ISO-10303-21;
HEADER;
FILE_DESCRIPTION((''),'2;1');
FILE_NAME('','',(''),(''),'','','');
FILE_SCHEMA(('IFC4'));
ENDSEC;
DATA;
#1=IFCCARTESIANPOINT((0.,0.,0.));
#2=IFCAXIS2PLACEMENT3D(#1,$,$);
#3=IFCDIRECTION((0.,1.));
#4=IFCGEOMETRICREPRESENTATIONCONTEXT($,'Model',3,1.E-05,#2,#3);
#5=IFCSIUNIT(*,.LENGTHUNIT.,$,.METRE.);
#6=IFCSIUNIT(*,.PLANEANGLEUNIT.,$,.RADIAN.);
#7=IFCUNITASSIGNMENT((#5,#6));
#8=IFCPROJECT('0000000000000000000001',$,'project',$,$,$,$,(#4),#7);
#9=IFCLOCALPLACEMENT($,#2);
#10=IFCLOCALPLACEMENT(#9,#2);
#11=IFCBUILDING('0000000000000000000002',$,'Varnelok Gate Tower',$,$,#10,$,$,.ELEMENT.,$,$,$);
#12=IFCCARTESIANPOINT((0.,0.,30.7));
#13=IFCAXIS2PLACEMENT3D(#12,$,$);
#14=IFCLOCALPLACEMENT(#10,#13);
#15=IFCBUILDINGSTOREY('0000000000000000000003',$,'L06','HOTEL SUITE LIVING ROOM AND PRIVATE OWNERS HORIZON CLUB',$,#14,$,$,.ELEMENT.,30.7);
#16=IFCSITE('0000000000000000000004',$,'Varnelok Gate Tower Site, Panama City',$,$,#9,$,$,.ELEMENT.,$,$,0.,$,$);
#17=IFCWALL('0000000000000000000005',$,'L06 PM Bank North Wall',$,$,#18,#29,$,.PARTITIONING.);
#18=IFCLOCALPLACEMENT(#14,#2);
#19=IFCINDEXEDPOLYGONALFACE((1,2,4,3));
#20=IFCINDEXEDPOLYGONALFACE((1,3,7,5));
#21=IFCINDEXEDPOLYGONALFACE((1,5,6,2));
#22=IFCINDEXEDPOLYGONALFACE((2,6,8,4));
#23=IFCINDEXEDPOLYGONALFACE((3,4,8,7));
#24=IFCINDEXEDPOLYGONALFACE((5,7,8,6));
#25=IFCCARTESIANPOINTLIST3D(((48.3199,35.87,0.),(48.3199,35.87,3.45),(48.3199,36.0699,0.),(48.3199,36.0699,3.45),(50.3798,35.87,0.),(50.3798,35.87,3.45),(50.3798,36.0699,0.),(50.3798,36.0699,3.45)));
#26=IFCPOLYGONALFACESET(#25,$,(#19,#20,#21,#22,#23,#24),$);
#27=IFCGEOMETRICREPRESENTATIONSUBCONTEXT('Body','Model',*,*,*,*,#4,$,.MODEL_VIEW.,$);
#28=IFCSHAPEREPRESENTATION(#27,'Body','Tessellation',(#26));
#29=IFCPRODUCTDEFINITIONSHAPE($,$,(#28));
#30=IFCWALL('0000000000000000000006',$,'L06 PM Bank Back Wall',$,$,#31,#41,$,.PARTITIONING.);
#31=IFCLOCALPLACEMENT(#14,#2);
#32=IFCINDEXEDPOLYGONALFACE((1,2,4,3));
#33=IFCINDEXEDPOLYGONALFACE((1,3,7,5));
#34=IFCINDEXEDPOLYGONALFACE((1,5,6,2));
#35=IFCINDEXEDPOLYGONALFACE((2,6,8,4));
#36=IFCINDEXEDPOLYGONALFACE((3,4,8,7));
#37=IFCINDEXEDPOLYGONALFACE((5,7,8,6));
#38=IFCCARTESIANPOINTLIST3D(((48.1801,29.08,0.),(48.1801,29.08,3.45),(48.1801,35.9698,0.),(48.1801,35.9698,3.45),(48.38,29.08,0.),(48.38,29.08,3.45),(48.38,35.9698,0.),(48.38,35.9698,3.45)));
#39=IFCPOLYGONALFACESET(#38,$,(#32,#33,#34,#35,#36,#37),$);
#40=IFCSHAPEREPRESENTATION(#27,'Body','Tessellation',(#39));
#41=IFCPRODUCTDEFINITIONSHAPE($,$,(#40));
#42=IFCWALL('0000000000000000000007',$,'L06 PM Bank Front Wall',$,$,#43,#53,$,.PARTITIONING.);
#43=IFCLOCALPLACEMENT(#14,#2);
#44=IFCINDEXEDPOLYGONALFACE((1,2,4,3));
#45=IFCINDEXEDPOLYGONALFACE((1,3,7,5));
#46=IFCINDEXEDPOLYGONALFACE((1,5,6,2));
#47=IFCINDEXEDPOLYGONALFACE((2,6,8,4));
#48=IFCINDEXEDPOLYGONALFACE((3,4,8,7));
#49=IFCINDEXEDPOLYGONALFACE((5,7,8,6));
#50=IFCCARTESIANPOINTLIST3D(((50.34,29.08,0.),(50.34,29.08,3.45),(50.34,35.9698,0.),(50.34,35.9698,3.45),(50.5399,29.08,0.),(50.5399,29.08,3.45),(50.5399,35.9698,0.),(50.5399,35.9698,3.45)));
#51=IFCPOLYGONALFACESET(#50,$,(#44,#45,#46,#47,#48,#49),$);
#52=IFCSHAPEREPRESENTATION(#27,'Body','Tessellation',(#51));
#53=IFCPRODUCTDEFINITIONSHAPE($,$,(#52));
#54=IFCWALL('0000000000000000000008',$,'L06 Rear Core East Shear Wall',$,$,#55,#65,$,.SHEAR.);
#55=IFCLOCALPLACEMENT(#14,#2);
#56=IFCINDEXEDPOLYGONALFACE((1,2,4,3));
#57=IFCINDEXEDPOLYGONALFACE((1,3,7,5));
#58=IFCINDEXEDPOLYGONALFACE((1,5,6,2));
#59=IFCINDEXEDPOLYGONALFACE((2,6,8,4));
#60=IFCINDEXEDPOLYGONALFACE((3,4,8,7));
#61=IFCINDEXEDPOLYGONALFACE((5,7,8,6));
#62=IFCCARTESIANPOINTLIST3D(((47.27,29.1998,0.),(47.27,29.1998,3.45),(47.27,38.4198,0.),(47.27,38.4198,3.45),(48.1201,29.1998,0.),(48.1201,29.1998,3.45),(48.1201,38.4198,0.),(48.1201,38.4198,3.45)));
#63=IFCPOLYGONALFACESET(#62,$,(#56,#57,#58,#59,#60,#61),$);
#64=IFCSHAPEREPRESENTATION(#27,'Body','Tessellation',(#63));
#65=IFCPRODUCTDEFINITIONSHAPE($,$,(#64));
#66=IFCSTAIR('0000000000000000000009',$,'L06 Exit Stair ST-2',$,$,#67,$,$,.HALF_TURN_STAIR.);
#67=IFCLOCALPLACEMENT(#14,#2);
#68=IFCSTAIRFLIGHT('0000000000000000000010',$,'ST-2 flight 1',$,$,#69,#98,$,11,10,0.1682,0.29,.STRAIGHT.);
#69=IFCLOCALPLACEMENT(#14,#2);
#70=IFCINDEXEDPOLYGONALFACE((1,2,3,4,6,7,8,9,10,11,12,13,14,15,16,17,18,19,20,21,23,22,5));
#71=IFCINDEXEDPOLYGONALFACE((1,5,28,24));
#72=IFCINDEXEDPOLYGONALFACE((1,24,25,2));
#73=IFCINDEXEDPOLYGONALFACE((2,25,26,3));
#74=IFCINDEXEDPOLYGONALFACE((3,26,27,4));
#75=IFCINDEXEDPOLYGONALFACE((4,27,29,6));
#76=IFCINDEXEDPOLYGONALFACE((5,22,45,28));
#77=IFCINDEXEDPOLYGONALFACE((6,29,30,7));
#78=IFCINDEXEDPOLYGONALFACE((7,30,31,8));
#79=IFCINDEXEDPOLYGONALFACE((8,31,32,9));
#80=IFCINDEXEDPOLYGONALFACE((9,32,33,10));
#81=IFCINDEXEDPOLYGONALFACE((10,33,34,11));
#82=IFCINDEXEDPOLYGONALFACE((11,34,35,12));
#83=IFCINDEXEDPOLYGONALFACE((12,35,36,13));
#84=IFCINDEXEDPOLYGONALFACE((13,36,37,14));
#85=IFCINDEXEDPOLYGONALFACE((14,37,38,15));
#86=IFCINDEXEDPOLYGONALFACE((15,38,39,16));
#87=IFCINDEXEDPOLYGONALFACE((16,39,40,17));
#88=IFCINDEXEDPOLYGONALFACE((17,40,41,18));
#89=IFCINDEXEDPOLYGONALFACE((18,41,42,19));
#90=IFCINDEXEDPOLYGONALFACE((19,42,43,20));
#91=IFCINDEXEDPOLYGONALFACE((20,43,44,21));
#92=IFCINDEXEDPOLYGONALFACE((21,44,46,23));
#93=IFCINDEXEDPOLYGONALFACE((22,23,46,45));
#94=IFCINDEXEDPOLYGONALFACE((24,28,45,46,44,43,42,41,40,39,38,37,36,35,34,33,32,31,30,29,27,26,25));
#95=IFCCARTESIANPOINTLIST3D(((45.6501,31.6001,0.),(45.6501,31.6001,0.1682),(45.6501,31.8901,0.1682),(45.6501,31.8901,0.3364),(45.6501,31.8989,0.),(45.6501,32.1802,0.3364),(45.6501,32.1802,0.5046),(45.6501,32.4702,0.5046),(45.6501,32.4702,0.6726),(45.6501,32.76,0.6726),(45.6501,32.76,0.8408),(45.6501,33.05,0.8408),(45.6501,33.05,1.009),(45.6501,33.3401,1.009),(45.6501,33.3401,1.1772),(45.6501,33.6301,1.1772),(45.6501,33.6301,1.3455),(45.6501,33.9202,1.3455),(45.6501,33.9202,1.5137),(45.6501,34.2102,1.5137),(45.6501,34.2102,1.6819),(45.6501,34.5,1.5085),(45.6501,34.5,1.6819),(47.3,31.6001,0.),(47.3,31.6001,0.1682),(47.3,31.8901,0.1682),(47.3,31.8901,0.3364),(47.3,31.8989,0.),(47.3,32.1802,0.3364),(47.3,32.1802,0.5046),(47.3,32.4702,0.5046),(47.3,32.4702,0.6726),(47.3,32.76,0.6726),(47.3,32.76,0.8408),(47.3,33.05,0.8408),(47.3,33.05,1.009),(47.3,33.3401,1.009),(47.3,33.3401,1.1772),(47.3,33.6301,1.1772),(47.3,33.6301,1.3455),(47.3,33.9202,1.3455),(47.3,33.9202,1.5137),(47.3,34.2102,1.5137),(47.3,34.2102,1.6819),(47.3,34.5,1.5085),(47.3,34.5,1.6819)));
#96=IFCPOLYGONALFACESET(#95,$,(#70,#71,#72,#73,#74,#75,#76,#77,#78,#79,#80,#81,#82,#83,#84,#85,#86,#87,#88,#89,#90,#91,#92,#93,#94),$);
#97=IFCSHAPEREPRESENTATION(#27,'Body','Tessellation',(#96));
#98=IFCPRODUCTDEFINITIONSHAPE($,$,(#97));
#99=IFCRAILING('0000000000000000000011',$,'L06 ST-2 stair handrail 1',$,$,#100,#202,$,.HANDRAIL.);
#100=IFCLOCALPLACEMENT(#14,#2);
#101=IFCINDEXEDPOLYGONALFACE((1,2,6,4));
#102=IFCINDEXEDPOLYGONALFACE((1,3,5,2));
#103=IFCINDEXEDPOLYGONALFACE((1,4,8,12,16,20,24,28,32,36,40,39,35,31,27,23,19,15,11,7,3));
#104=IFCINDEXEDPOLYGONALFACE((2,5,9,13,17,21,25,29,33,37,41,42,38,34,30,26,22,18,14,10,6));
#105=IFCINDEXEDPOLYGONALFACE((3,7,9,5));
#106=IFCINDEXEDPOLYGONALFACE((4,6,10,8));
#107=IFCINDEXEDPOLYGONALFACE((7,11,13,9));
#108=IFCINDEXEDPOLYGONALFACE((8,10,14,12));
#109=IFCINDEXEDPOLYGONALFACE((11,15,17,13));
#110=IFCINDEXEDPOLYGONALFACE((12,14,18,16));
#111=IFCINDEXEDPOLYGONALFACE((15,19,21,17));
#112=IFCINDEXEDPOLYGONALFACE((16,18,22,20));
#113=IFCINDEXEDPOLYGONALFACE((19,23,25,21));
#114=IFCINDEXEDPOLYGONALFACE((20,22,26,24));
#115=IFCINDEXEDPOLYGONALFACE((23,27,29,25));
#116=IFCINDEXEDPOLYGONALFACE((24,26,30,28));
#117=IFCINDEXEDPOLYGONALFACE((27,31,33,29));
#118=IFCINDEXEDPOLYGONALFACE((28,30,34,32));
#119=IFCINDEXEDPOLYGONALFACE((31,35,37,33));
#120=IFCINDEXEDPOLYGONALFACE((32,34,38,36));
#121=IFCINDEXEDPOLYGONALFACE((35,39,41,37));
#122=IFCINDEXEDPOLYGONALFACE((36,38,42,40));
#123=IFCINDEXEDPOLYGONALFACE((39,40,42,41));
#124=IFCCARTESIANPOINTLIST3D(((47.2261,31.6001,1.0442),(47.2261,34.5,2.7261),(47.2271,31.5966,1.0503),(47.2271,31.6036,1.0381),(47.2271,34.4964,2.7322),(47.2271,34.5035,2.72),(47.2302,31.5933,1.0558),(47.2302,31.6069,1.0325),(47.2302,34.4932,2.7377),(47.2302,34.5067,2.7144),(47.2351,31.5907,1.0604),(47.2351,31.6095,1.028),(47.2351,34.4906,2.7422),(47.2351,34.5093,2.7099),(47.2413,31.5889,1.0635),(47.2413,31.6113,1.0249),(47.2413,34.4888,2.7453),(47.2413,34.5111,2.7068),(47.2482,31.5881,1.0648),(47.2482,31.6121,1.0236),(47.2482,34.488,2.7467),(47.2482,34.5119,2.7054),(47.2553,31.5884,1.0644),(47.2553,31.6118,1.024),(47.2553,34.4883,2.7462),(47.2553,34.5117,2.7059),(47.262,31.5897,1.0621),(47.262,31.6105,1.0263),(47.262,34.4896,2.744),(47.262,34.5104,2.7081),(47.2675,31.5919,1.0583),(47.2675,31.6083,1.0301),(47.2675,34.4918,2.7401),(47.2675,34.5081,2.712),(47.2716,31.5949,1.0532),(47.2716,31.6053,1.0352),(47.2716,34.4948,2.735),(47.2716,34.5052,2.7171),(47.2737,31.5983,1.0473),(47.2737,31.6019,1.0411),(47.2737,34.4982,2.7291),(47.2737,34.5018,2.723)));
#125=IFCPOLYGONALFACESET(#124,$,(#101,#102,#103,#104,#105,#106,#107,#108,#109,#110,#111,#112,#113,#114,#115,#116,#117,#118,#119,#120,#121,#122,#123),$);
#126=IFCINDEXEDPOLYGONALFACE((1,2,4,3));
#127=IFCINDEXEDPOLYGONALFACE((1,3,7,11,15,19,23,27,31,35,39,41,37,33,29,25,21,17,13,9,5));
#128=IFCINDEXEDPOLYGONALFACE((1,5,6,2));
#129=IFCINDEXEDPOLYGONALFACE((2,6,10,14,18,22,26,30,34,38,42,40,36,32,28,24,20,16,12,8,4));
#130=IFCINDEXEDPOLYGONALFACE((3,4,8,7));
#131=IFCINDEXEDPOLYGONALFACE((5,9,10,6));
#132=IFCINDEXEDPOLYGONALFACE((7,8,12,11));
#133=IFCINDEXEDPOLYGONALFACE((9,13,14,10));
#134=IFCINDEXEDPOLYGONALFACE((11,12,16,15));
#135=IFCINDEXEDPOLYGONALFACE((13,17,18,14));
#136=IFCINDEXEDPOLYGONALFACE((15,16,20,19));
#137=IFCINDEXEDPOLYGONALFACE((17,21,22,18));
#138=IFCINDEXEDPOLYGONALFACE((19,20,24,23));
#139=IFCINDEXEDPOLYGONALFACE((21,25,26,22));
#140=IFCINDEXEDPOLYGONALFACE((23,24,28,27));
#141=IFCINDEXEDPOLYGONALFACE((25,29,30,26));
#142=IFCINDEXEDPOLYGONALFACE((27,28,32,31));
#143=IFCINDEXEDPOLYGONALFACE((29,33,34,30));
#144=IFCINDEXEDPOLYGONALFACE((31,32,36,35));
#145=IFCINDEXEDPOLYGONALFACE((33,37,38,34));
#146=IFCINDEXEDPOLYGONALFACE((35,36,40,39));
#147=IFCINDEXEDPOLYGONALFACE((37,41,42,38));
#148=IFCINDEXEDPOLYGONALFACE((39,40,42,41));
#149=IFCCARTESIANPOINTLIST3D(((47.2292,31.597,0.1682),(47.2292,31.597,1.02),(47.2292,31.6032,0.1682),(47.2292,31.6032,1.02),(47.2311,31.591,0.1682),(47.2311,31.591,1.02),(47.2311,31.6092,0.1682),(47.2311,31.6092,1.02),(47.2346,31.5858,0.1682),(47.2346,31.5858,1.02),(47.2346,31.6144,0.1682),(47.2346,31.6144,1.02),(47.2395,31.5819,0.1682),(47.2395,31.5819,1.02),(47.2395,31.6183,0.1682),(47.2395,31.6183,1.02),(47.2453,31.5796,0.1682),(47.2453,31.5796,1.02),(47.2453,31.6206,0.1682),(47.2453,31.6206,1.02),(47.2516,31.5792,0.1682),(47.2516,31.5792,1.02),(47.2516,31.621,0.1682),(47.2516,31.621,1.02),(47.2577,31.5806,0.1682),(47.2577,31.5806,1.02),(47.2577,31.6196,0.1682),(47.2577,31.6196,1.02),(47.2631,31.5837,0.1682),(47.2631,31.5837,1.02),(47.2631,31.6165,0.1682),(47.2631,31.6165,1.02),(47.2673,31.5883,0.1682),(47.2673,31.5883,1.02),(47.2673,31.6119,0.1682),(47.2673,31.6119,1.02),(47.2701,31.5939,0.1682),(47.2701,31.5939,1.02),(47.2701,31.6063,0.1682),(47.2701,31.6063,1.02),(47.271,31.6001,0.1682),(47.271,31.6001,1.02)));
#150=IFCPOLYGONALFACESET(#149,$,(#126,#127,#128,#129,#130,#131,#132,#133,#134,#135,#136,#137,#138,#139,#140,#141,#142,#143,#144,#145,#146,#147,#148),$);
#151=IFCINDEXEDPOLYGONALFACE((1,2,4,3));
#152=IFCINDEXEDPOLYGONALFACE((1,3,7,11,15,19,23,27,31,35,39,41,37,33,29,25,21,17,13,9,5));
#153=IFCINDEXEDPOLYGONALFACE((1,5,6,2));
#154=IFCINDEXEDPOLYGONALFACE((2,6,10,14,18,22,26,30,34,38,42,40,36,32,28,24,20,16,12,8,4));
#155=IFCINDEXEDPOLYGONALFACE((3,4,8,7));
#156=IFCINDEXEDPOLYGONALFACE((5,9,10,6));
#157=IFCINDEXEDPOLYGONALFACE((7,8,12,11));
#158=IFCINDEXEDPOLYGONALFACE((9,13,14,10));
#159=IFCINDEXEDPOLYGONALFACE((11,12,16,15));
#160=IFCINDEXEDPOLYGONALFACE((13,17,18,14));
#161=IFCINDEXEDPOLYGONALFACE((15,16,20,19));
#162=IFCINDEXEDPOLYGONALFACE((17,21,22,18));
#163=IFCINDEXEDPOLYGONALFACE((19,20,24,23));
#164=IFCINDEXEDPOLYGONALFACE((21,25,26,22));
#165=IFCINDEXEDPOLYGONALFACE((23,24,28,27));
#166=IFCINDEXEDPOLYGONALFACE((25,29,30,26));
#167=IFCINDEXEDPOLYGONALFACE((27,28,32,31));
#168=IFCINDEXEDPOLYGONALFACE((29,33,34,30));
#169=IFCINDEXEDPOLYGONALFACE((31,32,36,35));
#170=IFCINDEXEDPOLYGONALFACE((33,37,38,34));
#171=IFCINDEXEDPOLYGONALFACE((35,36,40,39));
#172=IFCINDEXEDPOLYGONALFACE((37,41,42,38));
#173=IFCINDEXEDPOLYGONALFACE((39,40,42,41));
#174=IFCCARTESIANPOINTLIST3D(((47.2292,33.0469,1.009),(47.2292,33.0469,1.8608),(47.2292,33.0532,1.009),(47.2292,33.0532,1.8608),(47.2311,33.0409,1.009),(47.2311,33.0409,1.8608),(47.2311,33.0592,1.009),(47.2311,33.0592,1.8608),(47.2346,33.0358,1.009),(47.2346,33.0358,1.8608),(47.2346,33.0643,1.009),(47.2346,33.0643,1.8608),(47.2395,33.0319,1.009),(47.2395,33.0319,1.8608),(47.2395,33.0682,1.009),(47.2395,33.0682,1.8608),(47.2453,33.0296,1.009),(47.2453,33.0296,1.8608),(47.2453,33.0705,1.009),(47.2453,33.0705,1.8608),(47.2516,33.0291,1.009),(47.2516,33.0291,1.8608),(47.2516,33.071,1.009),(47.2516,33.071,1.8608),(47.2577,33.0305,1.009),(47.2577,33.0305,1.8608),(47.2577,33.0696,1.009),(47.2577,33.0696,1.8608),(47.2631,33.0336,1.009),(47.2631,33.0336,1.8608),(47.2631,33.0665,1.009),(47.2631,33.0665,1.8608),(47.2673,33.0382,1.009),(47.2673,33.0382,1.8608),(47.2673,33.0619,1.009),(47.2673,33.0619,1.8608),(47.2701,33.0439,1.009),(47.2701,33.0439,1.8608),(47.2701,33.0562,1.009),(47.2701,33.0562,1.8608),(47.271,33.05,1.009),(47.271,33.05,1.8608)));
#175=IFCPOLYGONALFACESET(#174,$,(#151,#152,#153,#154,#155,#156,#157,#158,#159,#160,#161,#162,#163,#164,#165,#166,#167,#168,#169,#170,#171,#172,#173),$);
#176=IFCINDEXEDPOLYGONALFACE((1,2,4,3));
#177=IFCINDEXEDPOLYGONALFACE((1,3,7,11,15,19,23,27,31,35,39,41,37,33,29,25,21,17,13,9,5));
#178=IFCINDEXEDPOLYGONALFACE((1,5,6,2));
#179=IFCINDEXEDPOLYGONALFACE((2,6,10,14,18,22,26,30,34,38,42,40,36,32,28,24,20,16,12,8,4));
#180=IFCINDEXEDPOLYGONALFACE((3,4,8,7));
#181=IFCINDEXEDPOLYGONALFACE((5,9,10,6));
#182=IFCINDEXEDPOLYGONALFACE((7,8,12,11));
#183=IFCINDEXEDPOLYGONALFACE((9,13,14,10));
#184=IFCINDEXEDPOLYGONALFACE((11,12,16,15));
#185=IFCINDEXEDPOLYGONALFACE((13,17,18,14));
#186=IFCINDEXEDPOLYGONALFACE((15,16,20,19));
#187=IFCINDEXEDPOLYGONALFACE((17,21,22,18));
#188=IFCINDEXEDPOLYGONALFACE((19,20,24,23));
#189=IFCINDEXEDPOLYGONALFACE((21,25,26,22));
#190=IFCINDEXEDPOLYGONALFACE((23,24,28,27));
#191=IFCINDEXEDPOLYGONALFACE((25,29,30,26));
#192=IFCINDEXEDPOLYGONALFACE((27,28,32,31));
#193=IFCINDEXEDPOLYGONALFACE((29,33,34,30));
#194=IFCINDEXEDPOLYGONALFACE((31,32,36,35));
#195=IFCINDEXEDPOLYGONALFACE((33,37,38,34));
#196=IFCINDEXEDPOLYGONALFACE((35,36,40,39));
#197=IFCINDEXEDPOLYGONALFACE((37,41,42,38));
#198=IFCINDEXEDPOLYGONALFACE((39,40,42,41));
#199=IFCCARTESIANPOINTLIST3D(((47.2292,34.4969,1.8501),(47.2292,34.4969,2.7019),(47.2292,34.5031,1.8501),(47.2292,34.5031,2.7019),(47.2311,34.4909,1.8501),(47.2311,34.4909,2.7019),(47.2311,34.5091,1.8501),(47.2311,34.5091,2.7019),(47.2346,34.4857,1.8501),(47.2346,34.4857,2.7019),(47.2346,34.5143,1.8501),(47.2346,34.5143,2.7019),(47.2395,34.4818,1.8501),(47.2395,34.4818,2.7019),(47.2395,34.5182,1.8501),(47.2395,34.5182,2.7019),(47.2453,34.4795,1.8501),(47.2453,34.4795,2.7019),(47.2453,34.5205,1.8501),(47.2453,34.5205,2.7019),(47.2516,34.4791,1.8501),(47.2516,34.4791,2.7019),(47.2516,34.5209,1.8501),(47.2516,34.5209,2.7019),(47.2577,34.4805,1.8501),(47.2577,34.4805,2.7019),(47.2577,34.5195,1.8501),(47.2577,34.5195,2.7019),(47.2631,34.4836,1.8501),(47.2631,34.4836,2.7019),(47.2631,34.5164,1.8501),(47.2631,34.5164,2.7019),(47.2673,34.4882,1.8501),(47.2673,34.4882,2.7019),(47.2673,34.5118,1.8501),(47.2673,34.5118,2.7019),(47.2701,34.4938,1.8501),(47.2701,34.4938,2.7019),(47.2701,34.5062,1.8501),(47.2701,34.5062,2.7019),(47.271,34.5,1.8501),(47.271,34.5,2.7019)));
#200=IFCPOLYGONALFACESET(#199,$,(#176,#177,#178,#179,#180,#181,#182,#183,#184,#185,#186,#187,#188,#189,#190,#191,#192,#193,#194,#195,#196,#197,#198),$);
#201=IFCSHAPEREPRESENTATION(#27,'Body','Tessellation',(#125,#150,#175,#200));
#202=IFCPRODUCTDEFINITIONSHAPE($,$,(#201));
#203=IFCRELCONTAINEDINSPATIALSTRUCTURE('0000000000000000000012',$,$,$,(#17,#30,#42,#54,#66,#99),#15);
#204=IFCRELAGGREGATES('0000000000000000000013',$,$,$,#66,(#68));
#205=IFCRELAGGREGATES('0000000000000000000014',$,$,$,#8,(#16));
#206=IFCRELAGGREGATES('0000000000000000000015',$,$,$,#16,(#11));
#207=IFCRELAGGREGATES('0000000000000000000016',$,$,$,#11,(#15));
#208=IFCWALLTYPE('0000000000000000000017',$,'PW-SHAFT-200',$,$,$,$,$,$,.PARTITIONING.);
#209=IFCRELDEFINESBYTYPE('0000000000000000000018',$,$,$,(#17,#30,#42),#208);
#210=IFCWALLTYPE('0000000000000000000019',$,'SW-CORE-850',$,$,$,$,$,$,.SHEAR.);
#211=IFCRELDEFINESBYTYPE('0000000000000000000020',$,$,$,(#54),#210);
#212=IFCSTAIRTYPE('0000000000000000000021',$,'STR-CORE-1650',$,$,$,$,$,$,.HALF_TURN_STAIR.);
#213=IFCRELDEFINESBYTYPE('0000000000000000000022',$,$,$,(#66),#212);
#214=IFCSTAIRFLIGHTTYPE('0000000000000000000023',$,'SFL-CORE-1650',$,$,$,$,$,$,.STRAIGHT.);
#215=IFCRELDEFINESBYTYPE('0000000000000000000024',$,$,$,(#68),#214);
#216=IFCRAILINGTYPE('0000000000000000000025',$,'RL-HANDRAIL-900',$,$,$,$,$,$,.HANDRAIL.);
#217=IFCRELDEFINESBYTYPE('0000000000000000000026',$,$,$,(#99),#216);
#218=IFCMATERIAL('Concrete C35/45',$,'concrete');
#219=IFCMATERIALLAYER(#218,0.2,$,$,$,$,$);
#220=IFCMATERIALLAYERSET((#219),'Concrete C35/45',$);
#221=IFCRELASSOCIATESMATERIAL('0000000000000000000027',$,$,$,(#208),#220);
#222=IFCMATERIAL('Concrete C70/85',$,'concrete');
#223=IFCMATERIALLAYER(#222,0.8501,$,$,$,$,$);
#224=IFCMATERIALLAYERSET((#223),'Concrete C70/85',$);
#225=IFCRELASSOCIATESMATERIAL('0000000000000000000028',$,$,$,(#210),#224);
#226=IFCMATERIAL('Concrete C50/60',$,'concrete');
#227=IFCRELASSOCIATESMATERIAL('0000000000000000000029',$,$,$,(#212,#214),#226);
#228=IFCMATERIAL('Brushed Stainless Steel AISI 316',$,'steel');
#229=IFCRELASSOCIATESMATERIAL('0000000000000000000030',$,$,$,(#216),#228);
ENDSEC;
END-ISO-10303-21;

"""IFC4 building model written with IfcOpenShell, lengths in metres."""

from ifc_helpers import new_model, si_unit, direction, frame, frame_2d, origin, origin_2d, place, context, subcontext, project, spatial, polyline, rectangle, circle, outline, extrude, material, layer, layer_set, type_object, element, aggregate, save


model = new_model("IFC4")

# Units and contexts
model_context = context("Model", 3, precision=1e-05, world=origin(), true_north=direction((0.0, 1.0)))
body_context = subcontext(model_context, "Body", "Model", "MODEL_VIEW")
ifc_project = project(units=[si_unit("LENGTHUNIT", "METRE"), si_unit("PLANEANGLEUNIT", "RADIAN")], contexts=[model_context])

# Site, building, storey
site_placement = place(None, origin())
site = spatial("IfcSite", under=ifc_project, at=site_placement, Name="Varnelok Gate Tower Site, Panama City", CompositionType="ELEMENT", RefElevation=0.0)
building_placement = place(site_placement, origin())
building = spatial("IfcBuilding", under=site, at=building_placement, Name="Varnelok Gate Tower", CompositionType="ELEMENT")
storey_placement = place(building_placement, frame((0.0, 0.0, 30.7)))
storey = spatial("IfcBuildingStorey", under=building, at=storey_placement, Name="L06", Description="HOTEL SUITE LIVING ROOM AND PRIVATE OWNERS HORIZON CLUB", CompositionType="ELEMENT", Elevation=30.7)

# Shared definitions
ifc_material_1 = material(Name="Concrete C70/85", Category="concrete")

# Walls
ifc_material_2 = material(Name="Concrete C35/45", Category="concrete")
ifc_layer_1 = layer(ifc_material_2, 0.2)
ifc_layer_set_1 = layer_set([ifc_layer_1], Name="Concrete C35/45")
wall_type_1 = type_object("IfcWallType", Name="PW-SHAFT-200", PredefinedType="PARTITIONING", material=ifc_layer_set_1)
wall_1_placement = place(storey_placement, frame((48.3201, 35.97, 0.0), z_axis=(0.0, 0.0, 1.0), x_axis=(1.0, 0.0, 0.0)))
element("IfcWall", 1, at=wall_1_placement, inside=storey, type_object=wall_type_1, Name="L06 PM Bank North Wall", PredefinedType="PARTITIONING", context=body_context, shape_type="SweptSolid", body=[
    extrude(rectangle(XDim=2.0598, YDim=0.2, at=frame_2d((1.0298, 0.0))), origin(), (0.0, 0.0, 1.0), 3.45),
])
for number, where, z_axis, x_axis, name in (
    (2, (48.28, 29.0801, 0.0), (0.0, 0.0, 1.0), (0.0, 1.0, 0.0), "L06 PM Bank Back Wall"),
    (3, (50.4399, 29.0801, 0.0), (0.0, 0.0, 1.0), (0.0, 1.0, 0.0), "L06 PM Bank Front Wall"),
):
    element("IfcWall", number, at=place(storey_placement, frame(where, z_axis=z_axis, x_axis=x_axis)), inside=storey, type_object=wall_type_1, Name=name, PredefinedType="PARTITIONING", context=body_context, shape_type="SweptSolid", body=[
        extrude(rectangle(XDim=6.8899, YDim=0.2, at=frame_2d((3.4448, 0.0))), origin(), (0.0, 0.0, 1.0), 3.45),
    ])
ifc_layer_2 = layer(ifc_material_1, 0.8501)
ifc_layer_set_2 = layer_set([ifc_layer_2], Name="Concrete C70/85")
wall_type_2 = type_object("IfcWallType", Name="SW-CORE-850", PredefinedType="SHEAR", material=ifc_layer_set_2)
wall_2_placement = place(storey_placement, frame((47.6951, 29.2, 0.0), z_axis=(0.0, 0.0, 1.0), x_axis=(0.0, 1.0, 0.0)))
element("IfcWall", 4, at=wall_2_placement, inside=storey, type_object=wall_type_2, Name="L06 Rear Core East Shear Wall", PredefinedType="SHEAR", context=body_context, shape_type="SweptSolid", body=[
    extrude(rectangle(XDim=9.22, YDim=0.8501, at=frame_2d((4.6099, 0.0))), origin(), (0.0, 0.0, 1.0), 3.45),
])

# Stair, stair flight
ifc_material_3 = material(Name="Concrete C50/60", Category="concrete")
stair_type = type_object("IfcStairType", Name="STR-CORE-1650", PredefinedType="HALF_TURN_STAIR", material=ifc_material_3)
stair_placement = place(storey_placement, origin())
stair = element("IfcStair", 5, at=stair_placement, inside=storey, type_object=stair_type, Name="L06 Exit Stair ST-2", PredefinedType="HALF_TURN_STAIR")
stair_flight_type = type_object("IfcStairFlightType", Name="SFL-CORE-1650", PredefinedType="STRAIGHT", material=ifc_material_3)
stair_flight_placement = place(storey_placement, frame((46.4751, 31.6001, 0.0), z_axis=(0.0, 0.0, 1.0), x_axis=(0.0, 1.0, 0.0)))
stair_flight = element("IfcStairFlight", 6, at=stair_flight_placement, type_object=stair_flight_type, Name="ST-2 flight 1", NumberOfRisers=11, NumberOfTreads=10, PredefinedType="STRAIGHT", RiserHeight=0.1682, TreadLength=0.29, context=body_context, shape_type="SweptSolid", body=[
    extrude(outline(polyline([(0.0, 0.0), (0.0, 0.1682), (0.29, 0.1682), (0.29, 0.3364), (0.5801, 0.3364), (0.5801, 0.5046), (0.8701, 0.5046), (0.8701, 0.6726), (1.1599, 0.6726), (1.1599, 0.8408), (1.45, 0.8408), (1.45, 1.009), (1.74, 1.009), (1.74, 1.1772), (2.03, 1.1772), (2.03, 1.3455), (2.3201, 1.3455), (2.3201, 1.5137), (2.6101, 1.5137), (2.6101, 1.6819), (2.8999, 1.6819), (2.8999, 1.8501), (2.8999, 1.5085), (0.2988, 0.0), (0.0, 0.0)])), frame((0.0, 0.825, 0.0), z_axis=(0.0, -1.0, 0.0), x_axis=(1.0, 0.0, 0.0)), (0.0, 0.0, 1.0), 1.6499),
])
aggregate(stair, [stair_flight])

# Railing
ifc_material_4 = material(Name="Brushed Stainless Steel AISI 316", Category="steel")
railing_type = type_object("IfcRailingType", Name="RL-HANDRAIL-900", PredefinedType="HANDRAIL", material=ifc_material_4)
railing_placement = place(storey_placement, frame((47.25, 31.6001, 0.1682)))
element("IfcRailing", 7, at=railing_placement, inside=storey, type_object=railing_type, Name="L06 ST-2 stair handrail 1", PredefinedType="HANDRAIL", context=body_context, shape_type="SweptSolid", body=[
    extrude(circle(Radius=0.0239, at=origin_2d()), frame((0.0, 0.0, 0.876), z_axis=(0.0, 0.865039, 0.501705), x_axis=(-1.0, 0.0, 0.0)), (0.0, 0.0, 1.0), 3.3523),
    extrude(circle(Radius=0.021, at=origin_2d()), origin(), (0.0, 0.0, 1.0), 0.8518),
    extrude(circle(Radius=0.021, at=origin_2d()), frame((0.0, 1.45, 0.8408)), (0.0, 0.0, 1.0), 0.8518),
    extrude(circle(Radius=0.021, at=origin_2d()), frame((0.0, 2.8999, 1.6819)), (0.0, 0.0, 1.0), 0.8518),
])

save(model, "model.ifc")
